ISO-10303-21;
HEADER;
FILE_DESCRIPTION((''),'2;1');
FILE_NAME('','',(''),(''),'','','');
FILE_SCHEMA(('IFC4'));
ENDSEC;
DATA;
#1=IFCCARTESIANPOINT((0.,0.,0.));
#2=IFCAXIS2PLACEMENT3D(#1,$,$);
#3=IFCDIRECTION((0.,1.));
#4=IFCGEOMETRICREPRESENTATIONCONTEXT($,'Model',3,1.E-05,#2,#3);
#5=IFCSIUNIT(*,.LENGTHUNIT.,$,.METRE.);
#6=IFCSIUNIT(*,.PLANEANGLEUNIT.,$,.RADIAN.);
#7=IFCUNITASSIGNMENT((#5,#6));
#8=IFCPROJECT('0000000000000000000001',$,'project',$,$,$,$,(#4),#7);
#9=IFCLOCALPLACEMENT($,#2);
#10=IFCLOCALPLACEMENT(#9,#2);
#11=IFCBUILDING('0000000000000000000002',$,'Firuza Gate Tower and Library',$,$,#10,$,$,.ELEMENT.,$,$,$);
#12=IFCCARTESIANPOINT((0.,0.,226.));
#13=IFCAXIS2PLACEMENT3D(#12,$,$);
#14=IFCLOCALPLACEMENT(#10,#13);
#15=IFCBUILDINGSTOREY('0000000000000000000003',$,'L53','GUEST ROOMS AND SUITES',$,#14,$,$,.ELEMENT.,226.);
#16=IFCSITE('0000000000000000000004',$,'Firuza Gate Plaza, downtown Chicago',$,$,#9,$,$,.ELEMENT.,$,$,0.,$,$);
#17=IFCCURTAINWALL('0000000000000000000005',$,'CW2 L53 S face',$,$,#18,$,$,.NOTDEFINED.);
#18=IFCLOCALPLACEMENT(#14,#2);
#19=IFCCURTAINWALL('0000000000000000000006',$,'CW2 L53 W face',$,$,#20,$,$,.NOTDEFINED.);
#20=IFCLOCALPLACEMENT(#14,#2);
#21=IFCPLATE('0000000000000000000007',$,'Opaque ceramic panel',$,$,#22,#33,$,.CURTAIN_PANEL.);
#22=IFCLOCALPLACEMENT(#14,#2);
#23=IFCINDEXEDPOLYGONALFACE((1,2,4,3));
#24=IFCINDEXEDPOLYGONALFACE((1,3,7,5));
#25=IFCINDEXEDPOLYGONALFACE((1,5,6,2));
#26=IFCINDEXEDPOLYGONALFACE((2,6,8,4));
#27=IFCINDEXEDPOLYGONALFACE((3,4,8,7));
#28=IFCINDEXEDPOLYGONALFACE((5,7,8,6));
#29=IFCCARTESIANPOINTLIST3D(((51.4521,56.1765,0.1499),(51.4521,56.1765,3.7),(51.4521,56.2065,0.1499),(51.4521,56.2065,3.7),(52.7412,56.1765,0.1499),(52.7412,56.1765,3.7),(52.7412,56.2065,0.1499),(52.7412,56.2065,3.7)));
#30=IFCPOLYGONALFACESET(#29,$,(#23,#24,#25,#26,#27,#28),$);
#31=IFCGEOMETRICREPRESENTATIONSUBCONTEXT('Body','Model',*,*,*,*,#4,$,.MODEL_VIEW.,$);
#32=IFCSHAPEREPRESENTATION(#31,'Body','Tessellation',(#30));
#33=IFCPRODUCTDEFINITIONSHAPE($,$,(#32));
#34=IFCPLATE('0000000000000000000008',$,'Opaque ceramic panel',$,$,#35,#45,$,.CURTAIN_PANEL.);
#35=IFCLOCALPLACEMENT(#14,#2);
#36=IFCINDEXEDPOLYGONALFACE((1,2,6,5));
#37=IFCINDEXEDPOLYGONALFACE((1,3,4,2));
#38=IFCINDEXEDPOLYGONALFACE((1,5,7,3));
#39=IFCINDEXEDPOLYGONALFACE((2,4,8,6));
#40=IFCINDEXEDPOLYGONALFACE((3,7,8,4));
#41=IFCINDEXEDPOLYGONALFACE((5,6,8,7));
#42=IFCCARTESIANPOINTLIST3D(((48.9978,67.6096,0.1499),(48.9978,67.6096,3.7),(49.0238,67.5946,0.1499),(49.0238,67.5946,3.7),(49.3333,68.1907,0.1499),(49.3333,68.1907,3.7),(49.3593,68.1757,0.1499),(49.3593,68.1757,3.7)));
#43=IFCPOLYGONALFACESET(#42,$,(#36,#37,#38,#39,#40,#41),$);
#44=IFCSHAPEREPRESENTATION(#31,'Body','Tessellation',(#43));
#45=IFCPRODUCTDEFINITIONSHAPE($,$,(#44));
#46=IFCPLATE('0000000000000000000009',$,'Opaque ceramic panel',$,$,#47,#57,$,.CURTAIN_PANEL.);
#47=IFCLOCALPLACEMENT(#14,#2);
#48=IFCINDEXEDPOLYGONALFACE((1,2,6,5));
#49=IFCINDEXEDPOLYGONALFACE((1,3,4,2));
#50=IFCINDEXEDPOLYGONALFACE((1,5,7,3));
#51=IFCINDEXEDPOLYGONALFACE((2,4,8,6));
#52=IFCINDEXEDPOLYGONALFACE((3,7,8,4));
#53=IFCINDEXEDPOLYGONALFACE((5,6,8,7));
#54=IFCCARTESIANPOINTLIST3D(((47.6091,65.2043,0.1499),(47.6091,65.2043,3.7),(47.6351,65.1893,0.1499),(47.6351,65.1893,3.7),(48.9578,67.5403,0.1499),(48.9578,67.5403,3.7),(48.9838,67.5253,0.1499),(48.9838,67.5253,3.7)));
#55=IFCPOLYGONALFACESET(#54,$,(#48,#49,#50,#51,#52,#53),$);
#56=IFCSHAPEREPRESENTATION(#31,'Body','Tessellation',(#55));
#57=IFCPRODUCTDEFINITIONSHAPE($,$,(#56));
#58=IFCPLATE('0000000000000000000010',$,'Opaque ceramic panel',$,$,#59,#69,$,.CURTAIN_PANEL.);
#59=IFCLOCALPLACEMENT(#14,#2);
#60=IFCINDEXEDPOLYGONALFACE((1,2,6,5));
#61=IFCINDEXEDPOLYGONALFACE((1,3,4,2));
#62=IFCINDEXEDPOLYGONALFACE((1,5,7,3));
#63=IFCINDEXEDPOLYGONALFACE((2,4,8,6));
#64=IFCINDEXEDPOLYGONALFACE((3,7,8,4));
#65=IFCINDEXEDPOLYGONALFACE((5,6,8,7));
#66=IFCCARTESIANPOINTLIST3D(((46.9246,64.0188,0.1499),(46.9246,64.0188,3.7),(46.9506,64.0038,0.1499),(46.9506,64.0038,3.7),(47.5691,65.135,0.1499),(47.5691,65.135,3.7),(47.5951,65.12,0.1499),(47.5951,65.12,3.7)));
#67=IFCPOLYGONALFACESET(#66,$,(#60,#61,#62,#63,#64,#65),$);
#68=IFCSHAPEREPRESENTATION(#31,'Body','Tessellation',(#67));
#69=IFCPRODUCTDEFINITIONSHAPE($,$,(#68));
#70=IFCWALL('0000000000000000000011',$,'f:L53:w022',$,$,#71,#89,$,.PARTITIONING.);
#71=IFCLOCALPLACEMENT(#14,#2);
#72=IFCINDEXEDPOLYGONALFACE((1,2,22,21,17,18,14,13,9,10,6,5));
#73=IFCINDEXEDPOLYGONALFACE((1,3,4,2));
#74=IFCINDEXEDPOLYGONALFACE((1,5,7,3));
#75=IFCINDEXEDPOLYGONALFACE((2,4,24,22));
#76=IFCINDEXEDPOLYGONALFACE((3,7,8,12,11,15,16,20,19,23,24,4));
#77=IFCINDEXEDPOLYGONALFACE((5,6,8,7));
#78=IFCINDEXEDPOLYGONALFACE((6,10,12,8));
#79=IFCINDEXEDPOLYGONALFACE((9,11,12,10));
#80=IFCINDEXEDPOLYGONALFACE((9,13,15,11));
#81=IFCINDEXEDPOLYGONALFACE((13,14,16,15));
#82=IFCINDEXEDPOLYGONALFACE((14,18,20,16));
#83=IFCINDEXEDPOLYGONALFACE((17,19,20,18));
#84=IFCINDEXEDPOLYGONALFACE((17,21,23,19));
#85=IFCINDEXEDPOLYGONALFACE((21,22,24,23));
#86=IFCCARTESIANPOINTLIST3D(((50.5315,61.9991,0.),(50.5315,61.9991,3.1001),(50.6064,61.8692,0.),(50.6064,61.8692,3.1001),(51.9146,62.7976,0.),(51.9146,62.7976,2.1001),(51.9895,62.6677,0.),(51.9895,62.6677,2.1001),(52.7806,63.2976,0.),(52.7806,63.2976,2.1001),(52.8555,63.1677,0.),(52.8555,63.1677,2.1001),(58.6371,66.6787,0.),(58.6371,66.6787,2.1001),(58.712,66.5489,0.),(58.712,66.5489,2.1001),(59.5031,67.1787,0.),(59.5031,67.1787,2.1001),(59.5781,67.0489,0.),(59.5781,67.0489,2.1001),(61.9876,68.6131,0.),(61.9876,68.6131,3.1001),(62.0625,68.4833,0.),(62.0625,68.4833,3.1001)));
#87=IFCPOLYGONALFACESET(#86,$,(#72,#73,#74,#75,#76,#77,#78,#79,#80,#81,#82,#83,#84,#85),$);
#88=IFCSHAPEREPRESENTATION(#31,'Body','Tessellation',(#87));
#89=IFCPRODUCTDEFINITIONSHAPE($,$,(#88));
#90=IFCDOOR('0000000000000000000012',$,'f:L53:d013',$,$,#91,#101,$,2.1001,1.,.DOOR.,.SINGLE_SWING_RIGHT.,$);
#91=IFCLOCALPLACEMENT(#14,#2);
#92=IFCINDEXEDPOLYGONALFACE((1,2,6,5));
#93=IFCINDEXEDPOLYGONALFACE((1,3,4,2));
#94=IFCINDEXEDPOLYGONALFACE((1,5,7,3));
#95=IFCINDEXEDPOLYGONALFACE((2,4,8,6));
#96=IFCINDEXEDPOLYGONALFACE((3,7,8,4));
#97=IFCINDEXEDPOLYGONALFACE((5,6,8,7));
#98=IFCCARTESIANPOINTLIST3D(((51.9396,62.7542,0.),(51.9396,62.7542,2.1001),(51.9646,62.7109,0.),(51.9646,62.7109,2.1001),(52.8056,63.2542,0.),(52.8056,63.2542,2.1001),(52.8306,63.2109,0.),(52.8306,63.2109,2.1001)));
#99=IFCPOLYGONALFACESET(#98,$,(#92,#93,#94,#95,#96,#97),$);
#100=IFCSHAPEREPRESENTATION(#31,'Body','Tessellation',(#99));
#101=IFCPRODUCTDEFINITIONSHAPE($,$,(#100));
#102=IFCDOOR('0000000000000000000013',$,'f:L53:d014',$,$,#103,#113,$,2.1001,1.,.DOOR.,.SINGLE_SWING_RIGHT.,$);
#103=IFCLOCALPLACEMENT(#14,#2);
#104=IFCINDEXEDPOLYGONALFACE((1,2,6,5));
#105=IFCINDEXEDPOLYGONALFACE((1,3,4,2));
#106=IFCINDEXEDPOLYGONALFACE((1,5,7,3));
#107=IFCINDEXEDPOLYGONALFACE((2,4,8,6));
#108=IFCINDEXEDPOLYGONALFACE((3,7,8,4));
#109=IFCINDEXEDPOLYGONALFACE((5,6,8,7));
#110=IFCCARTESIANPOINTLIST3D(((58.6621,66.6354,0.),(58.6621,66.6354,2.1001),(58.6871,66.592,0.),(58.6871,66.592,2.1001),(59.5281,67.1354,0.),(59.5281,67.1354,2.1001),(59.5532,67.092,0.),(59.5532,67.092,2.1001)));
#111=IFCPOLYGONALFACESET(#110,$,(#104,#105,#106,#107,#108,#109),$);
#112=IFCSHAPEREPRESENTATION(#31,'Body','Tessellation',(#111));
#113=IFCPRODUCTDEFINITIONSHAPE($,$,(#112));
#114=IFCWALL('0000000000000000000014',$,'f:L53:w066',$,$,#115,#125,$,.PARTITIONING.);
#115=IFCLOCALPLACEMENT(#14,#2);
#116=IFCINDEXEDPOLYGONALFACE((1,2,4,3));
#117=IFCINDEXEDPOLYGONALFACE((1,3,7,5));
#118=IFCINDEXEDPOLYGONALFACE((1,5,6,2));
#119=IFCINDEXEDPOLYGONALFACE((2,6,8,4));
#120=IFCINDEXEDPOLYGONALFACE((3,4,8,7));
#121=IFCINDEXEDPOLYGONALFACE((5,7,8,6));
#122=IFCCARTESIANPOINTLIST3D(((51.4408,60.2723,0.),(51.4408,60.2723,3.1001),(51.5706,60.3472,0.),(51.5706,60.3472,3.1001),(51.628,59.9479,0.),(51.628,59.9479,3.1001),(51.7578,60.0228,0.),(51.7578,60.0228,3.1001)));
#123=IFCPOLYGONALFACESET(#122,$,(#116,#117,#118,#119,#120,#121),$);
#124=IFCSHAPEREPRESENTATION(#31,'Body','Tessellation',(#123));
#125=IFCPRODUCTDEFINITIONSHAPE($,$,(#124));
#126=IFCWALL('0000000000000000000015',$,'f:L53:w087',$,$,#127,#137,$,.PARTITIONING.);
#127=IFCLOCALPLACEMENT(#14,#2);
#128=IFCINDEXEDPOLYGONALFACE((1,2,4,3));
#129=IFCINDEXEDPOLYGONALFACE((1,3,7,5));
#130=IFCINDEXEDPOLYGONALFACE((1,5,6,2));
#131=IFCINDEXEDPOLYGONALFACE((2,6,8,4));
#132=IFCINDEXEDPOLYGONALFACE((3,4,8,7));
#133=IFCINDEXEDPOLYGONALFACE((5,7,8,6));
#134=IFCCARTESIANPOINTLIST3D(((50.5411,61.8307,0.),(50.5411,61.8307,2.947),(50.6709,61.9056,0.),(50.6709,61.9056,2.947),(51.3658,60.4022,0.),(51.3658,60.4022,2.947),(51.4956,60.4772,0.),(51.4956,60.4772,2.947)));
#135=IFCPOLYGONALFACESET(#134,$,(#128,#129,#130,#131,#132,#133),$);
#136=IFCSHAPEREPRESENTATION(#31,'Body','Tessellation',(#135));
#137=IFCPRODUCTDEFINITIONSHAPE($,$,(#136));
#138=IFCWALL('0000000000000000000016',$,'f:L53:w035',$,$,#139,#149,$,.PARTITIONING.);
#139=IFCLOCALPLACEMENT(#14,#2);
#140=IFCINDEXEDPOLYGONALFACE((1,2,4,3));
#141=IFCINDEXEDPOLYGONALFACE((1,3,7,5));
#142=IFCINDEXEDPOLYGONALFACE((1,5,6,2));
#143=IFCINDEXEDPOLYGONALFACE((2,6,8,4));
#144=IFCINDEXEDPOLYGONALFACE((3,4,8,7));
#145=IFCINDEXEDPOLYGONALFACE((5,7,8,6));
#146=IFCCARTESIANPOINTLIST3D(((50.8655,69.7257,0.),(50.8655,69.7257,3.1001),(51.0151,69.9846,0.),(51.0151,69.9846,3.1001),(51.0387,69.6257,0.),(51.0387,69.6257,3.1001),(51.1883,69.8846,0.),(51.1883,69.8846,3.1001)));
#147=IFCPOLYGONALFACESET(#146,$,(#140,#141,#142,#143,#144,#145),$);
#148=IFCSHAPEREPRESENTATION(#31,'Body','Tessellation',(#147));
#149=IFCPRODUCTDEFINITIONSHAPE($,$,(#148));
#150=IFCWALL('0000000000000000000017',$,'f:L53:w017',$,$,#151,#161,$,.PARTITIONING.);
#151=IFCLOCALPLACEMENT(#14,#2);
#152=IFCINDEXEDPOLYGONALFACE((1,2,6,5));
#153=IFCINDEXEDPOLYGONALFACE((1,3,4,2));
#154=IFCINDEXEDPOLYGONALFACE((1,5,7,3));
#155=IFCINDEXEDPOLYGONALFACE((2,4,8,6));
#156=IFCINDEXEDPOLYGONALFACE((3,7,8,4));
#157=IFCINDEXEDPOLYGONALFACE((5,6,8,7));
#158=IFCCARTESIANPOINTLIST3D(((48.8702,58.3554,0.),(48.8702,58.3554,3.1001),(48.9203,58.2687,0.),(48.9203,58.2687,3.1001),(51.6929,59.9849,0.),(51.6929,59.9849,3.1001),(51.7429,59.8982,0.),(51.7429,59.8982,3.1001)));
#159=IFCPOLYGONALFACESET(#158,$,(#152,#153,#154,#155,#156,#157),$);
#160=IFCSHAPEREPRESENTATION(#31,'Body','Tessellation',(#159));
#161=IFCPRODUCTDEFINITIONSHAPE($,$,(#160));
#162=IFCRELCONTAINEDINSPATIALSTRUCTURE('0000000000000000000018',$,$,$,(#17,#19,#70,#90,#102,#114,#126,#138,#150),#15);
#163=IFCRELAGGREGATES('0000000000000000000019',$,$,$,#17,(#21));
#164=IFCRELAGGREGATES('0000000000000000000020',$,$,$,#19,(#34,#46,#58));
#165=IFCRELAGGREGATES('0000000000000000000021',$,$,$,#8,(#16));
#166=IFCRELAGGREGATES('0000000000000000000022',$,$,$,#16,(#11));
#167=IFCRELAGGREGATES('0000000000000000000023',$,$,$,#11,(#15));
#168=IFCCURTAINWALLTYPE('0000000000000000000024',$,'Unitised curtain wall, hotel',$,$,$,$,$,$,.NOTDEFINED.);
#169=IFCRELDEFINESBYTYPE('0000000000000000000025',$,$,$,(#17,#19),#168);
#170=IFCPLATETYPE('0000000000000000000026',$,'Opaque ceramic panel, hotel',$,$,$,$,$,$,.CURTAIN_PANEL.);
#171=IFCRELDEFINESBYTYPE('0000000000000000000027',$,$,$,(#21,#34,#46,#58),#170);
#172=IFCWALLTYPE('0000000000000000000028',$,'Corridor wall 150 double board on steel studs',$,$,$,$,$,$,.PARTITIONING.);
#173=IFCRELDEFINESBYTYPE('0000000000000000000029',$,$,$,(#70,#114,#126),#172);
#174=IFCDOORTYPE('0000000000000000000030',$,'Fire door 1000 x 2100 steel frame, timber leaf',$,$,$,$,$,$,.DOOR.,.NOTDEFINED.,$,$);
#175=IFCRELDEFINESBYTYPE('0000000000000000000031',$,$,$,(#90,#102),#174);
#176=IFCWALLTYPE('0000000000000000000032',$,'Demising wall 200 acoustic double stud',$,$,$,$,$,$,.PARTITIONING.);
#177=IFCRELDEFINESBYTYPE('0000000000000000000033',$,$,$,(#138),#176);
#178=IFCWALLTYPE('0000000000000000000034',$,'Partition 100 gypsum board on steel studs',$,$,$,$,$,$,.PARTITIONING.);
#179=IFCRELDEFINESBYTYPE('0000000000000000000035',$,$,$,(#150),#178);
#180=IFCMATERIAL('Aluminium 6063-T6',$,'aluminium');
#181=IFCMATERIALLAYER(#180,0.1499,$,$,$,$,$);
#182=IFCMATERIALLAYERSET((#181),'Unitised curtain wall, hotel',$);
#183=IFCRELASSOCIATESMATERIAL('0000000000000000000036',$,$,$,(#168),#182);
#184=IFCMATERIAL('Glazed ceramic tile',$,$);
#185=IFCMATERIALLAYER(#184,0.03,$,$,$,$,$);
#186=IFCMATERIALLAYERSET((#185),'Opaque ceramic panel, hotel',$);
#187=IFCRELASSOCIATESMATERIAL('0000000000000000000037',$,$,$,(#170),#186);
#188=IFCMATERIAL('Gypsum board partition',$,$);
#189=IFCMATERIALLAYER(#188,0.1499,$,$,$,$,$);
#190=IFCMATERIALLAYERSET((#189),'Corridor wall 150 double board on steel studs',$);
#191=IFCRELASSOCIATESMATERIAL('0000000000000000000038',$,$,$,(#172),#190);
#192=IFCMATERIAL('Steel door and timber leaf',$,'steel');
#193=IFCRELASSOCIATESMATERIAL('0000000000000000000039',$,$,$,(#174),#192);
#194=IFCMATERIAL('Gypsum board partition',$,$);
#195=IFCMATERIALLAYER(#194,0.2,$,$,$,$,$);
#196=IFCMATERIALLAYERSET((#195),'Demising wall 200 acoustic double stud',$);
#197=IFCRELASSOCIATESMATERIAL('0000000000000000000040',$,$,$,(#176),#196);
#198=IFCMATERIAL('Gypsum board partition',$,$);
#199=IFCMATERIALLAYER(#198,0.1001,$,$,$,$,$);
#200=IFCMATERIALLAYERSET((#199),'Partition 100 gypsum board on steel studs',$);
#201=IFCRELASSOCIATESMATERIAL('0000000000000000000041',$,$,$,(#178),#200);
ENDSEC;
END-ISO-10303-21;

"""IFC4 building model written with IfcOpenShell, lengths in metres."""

from ifc_helpers import new_model, si_unit, direction, frame, frame_2d, origin, place, context, subcontext, project, spatial, polyline, rectangle, outline, extrude, material, layer, layer_set, type_object, element, fill, aggregate, save


model = new_model("IFC4")

# Units and contexts
model_context = context("Model", 3, precision=1e-05, world=origin(), true_north=direction((0.0, 1.0)))
body_context = subcontext(model_context, "Body", "Model", "MODEL_VIEW")
ifc_project = project(units=[si_unit("LENGTHUNIT", "METRE"), si_unit("PLANEANGLEUNIT", "RADIAN")], contexts=[model_context])

# Site, building, storey
site_placement = place(None, origin())
site = spatial("IfcSite", under=ifc_project, at=site_placement, Name="Firuza Gate Plaza, downtown Chicago", CompositionType="ELEMENT", RefElevation=0.0)
building_placement = place(site_placement, origin())
building = spatial("IfcBuilding", under=site, at=building_placement, Name="Firuza Gate Tower and Library", CompositionType="ELEMENT")
storey_placement = place(building_placement, frame((0.0, 0.0, 226.0)))
storey = spatial("IfcBuildingStorey", under=building, at=storey_placement, Name="L53", Description="GUEST ROOMS AND SUITES", CompositionType="ELEMENT", Elevation=226.0)

# Curtain walls
placement = place(storey_placement, origin())
ifc_material_1 = material(Name="Aluminium 6063-T6", Category="aluminium")
ifc_layer_1 = layer(ifc_material_1, 0.1499)
ifc_layer_set_1 = layer_set([ifc_layer_1], Name="Unitised curtain wall, hotel")
curtain_wall_type_1 = type_object("IfcCurtainWallType", Name="Unitised curtain wall, hotel", PredefinedType="NOTDEFINED", material=ifc_layer_set_1)
curtain_wall_1 = element("IfcCurtainWall", 1, at=placement, inside=storey, type_object=curtain_wall_type_1, Name="CW2 L53 S face", PredefinedType="NOTDEFINED")
curtain_wall_2 = element("IfcCurtainWall", 2, at=placement, inside=storey, type_object=curtain_wall_type_1, Name="CW2 L53 W face", PredefinedType="NOTDEFINED")

# Plates
ifc_material_2 = material(Name="Glazed ceramic tile")
ifc_layer_2 = layer(ifc_material_2, 0.03)
ifc_layer_set_2 = layer_set([ifc_layer_2], Name="Opaque ceramic panel, hotel")
plate_type_1 = type_object("IfcPlateType", Name="Opaque ceramic panel, hotel", PredefinedType="CURTAIN_PANEL", material=ifc_layer_set_2)
plate_1_placement = place(storey_placement, frame((51.4521, 56.1765, 0.1499), z_axis=(0.0, -1.0, 0.0), x_axis=(1.0, 0.0, 0.0)))
plate_1 = element("IfcPlate", 3, at=plate_1_placement, type_object=plate_type_1, Name="Opaque ceramic panel", PredefinedType="CURTAIN_PANEL", context=body_context, shape_type="SweptSolid", body=[
    extrude(outline(polyline([(0.0, 0.0), (1.2891, 0.0), (1.2891, 3.55), (0.0, 3.55), (0.0, 0.0)])), origin(), (0.0, 0.0, -1.0), 0.03),
])
aggregate(curtain_wall_1, [plate_1])
plate_2_placement = place(storey_placement, frame((49.3333, 68.1907, 0.1499), z_axis=(-0.86604, 0.499974, 0.0), x_axis=(-0.499974, -0.86604, 0.0)))
plate_2 = element("IfcPlate", 4, at=plate_2_placement, type_object=plate_type_1, Name="Opaque ceramic panel", PredefinedType="CURTAIN_PANEL", context=body_context, shape_type="SweptSolid", body=[
    extrude(outline(polyline([(0.0, 0.0), (0.6709, 0.0), (0.6709, 3.55), (0.0, 3.55), (0.0, 0.0)])), origin(), (0.0, 0.0, -1.0), 0.03),
])
plate_3_placement = place(storey_placement, frame((48.9578, 67.5403, 0.1499), z_axis=(-0.866029, 0.499994, 0.0), x_axis=(-0.499994, -0.866029, 0.0)))
plate_3 = element("IfcPlate", 5, at=plate_3_placement, type_object=plate_type_1, Name="Opaque ceramic panel", PredefinedType="CURTAIN_PANEL", context=body_context, shape_type="SweptSolid", body=[
    extrude(outline(polyline([(0.0, 0.0), (2.6973, 0.0), (2.6973, 3.55), (0.0, 3.55), (0.0, 0.0)])), origin(), (0.0, 0.0, -1.0), 0.03),
])
plate_4_placement = place(storey_placement, frame((47.5691, 65.135, 0.1499), z_axis=(-0.865996, 0.50005, 0.0), x_axis=(-0.50005, -0.865996, 0.0)))
plate_4 = element("IfcPlate", 6, at=plate_4_placement, type_object=plate_type_1, Name="Opaque ceramic panel", PredefinedType="CURTAIN_PANEL", context=body_context, shape_type="SweptSolid", body=[
    extrude(outline(polyline([(0.0, 0.0), (1.2889, 0.0), (1.2889, 3.55), (0.0, 3.55), (0.0, 0.0)])), origin(), (0.0, 0.0, -1.0), 0.03),
])
aggregate(curtain_wall_2, [plate_2, plate_3, plate_4])

# Wall, openings, doors
ifc_material_3 = material(Name="Gypsum board partition")
ifc_layer_3 = layer(ifc_material_3, 0.1499)
ifc_layer_set_3 = layer_set([ifc_layer_3], Name="Corridor wall 150 double board on steel studs")
wall_type_1 = type_object("IfcWallType", Name="Corridor wall 150 double board on steel studs", PredefinedType="PARTITIONING", material=ifc_layer_set_3)
wall_1_placement = place(storey_placement, frame((50.5688, 61.9341, 0.0), z_axis=(0.0, 0.0, 1.0), x_axis=(0.86603, 0.499992, 0.0)))
wall_1 = element("IfcWall", 7, at=wall_1_placement, inside=storey, type_object=wall_type_1, Name="f:L53:w022", PredefinedType="PARTITIONING", context=body_context, shape_type="SweptSolid", body=[
    extrude(rectangle(XDim=13.2283, YDim=0.1499, at=frame_2d((6.6143, 0.0))), origin(), (0.0, 0.0, 1.0), 3.1001),
])
opening_1_placement = place(wall_1_placement, frame((1.5972, 0.0, 0.0)))
opening_1 = element("IfcOpeningElement", 8, at=opening_1_placement, cuts=wall_1, PredefinedType="OPENING", context=body_context, shape_type="SweptSolid", body=[
    extrude(rectangle(XDim=1.0, YDim=2.1001, at=frame_2d((0.5, 1.05))), frame((0.0, 0.085, 0.0), z_axis=(0.0, -1.0, 0.0), x_axis=(1.0, 0.0, 0.0)), (0.0, 0.0, 1.0), 0.1699),
])
opening_2_placement = place(wall_1_placement, frame((9.3596, 0.0, 0.0)))
opening_2 = element("IfcOpeningElement", 9, at=opening_2_placement, cuts=wall_1, PredefinedType="OPENING", context=body_context, shape_type="SweptSolid", body=[
    extrude(rectangle(XDim=1.0, YDim=2.1001, at=frame_2d((0.5, 1.05))), frame((0.0, 0.085, 0.0), z_axis=(0.0, -1.0, 0.0), x_axis=(1.0, 0.0, 0.0)), (0.0, 0.0, 1.0), 0.1699),
])
ifc_material_4 = material(Name="Steel door and timber leaf", Category="steel")
door_type = type_object("IfcDoorType", Name="Fire door 1000 x 2100 steel frame, timber leaf", OperationType="NOTDEFINED", PredefinedType="DOOR", material=ifc_material_4)
door_1_placement = place(opening_1_placement, origin())
door_1 = element("IfcDoor", 10, at=door_1_placement, inside=storey, type_object=door_type, Name="f:L53:d013", OperationType="SINGLE_SWING_RIGHT", OverallHeight=2.1001, OverallWidth=1.0, PredefinedType="DOOR", context=body_context, shape_type="SweptSolid", body=[
    extrude(rectangle(XDim=1.0, YDim=2.1001, at=frame_2d((0.5, 1.05))), frame((0.0, 0.0249, 0.0), z_axis=(0.0, -1.0, 0.0), x_axis=(1.0, 0.0, 0.0)), (0.0, 0.0, 1.0), 0.05),
])
fill(opening_1, door_1)
door_2_placement = place(opening_2_placement, origin())
door_2 = element("IfcDoor", 11, at=door_2_placement, inside=storey, type_object=door_type, Name="f:L53:d014", OperationType="SINGLE_SWING_RIGHT", OverallHeight=2.1001, OverallWidth=1.0, PredefinedType="DOOR", context=body_context, shape_type="SweptSolid", body=[
    extrude(rectangle(XDim=1.0, YDim=2.1001, at=frame_2d((0.5, 1.05))), frame((0.0, 0.0249, 0.0), z_axis=(0.0, -1.0, 0.0), x_axis=(1.0, 0.0, 0.0)), (0.0, 0.0, 1.0), 0.05),
])
fill(opening_2, door_2)

# Walls
wall_2_placement = place(storey_placement, frame((51.6929, 59.9854, 0.0), z_axis=(0.0, 0.0, 1.0), x_axis=(-0.499854, 0.86611, 0.0)))
element("IfcWall", 12, at=wall_2_placement, inside=storey, type_object=wall_type_1, Name="f:L53:w066", PredefinedType="PARTITIONING", context=body_context, shape_type="SweptSolid", body=[
    extrude(rectangle(XDim=0.3745, YDim=0.1499, at=frame_2d((0.1873, 0.0))), origin(), (0.0, 0.0, 1.0), 3.1001),
])
wall_3_placement = place(storey_placement, frame((51.4307, 60.4397, 0.0), z_axis=(0.0, 0.0, 1.0), x_axis=(-0.499992, 0.86603, 0.0)))
element("IfcWall", 13, at=wall_3_placement, inside=storey, type_object=wall_type_1, Name="f:L53:w087", PredefinedType="PARTITIONING", context=body_context, shape_type="SweptSolid", body=[
    extrude(rectangle(XDim=1.6494, YDim=0.1499, at=frame_2d((0.8247, 0.0))), origin(), (0.0, 0.0, 1.0), 2.947),
])
ifc_material_5 = material(Name="Gypsum board partition")
ifc_layer_4 = layer(ifc_material_5, 0.2)
ifc_layer_set_4 = layer_set([ifc_layer_4], Name="Demising wall 200 acoustic double stud")
wall_type_2 = type_object("IfcWallType", Name="Demising wall 200 acoustic double stud", PredefinedType="PARTITIONING", material=ifc_layer_set_4)
wall_4_placement = place(storey_placement, frame((50.9521, 69.6758, 0.0), z_axis=(0.0, 0.0, 1.0), x_axis=(0.500264, 0.865873, 0.0)))
element("IfcWall", 14, at=wall_4_placement, inside=storey, type_object=wall_type_2, Name="f:L53:w035", PredefinedType="PARTITIONING", context=body_context, shape_type="SweptSolid", body=[
    extrude(rectangle(XDim=0.2991, YDim=0.2, at=frame_2d((0.1494, 0.0))), origin(), (0.0, 0.0, 1.0), 3.1001),
])
ifc_material_6 = material(Name="Gypsum board partition")
ifc_layer_5 = layer(ifc_material_6, 0.1001)
ifc_layer_set_5 = layer_set([ifc_layer_5], Name="Partition 100 gypsum board on steel studs")
wall_type_3 = type_object("IfcWallType", Name="Partition 100 gypsum board on steel studs", PredefinedType="PARTITIONING", material=ifc_layer_set_5)
wall_5_placement = place(storey_placement, frame((48.8953, 58.312, 0.0), z_axis=(0.0, 0.0, 1.0), x_axis=(0.866036, 0.499982, 0.0)))
element("IfcWall", 15, at=wall_5_placement, inside=storey, type_object=wall_type_3, Name="f:L53:w017", PredefinedType="PARTITIONING", context=body_context, shape_type="SweptSolid", body=[
    extrude(rectangle(XDim=3.2593, YDim=0.1001, at=frame_2d((1.6296, 0.0))), origin(), (0.0, 0.0, 1.0), 3.1001),
])

save(model, "model.ifc")
